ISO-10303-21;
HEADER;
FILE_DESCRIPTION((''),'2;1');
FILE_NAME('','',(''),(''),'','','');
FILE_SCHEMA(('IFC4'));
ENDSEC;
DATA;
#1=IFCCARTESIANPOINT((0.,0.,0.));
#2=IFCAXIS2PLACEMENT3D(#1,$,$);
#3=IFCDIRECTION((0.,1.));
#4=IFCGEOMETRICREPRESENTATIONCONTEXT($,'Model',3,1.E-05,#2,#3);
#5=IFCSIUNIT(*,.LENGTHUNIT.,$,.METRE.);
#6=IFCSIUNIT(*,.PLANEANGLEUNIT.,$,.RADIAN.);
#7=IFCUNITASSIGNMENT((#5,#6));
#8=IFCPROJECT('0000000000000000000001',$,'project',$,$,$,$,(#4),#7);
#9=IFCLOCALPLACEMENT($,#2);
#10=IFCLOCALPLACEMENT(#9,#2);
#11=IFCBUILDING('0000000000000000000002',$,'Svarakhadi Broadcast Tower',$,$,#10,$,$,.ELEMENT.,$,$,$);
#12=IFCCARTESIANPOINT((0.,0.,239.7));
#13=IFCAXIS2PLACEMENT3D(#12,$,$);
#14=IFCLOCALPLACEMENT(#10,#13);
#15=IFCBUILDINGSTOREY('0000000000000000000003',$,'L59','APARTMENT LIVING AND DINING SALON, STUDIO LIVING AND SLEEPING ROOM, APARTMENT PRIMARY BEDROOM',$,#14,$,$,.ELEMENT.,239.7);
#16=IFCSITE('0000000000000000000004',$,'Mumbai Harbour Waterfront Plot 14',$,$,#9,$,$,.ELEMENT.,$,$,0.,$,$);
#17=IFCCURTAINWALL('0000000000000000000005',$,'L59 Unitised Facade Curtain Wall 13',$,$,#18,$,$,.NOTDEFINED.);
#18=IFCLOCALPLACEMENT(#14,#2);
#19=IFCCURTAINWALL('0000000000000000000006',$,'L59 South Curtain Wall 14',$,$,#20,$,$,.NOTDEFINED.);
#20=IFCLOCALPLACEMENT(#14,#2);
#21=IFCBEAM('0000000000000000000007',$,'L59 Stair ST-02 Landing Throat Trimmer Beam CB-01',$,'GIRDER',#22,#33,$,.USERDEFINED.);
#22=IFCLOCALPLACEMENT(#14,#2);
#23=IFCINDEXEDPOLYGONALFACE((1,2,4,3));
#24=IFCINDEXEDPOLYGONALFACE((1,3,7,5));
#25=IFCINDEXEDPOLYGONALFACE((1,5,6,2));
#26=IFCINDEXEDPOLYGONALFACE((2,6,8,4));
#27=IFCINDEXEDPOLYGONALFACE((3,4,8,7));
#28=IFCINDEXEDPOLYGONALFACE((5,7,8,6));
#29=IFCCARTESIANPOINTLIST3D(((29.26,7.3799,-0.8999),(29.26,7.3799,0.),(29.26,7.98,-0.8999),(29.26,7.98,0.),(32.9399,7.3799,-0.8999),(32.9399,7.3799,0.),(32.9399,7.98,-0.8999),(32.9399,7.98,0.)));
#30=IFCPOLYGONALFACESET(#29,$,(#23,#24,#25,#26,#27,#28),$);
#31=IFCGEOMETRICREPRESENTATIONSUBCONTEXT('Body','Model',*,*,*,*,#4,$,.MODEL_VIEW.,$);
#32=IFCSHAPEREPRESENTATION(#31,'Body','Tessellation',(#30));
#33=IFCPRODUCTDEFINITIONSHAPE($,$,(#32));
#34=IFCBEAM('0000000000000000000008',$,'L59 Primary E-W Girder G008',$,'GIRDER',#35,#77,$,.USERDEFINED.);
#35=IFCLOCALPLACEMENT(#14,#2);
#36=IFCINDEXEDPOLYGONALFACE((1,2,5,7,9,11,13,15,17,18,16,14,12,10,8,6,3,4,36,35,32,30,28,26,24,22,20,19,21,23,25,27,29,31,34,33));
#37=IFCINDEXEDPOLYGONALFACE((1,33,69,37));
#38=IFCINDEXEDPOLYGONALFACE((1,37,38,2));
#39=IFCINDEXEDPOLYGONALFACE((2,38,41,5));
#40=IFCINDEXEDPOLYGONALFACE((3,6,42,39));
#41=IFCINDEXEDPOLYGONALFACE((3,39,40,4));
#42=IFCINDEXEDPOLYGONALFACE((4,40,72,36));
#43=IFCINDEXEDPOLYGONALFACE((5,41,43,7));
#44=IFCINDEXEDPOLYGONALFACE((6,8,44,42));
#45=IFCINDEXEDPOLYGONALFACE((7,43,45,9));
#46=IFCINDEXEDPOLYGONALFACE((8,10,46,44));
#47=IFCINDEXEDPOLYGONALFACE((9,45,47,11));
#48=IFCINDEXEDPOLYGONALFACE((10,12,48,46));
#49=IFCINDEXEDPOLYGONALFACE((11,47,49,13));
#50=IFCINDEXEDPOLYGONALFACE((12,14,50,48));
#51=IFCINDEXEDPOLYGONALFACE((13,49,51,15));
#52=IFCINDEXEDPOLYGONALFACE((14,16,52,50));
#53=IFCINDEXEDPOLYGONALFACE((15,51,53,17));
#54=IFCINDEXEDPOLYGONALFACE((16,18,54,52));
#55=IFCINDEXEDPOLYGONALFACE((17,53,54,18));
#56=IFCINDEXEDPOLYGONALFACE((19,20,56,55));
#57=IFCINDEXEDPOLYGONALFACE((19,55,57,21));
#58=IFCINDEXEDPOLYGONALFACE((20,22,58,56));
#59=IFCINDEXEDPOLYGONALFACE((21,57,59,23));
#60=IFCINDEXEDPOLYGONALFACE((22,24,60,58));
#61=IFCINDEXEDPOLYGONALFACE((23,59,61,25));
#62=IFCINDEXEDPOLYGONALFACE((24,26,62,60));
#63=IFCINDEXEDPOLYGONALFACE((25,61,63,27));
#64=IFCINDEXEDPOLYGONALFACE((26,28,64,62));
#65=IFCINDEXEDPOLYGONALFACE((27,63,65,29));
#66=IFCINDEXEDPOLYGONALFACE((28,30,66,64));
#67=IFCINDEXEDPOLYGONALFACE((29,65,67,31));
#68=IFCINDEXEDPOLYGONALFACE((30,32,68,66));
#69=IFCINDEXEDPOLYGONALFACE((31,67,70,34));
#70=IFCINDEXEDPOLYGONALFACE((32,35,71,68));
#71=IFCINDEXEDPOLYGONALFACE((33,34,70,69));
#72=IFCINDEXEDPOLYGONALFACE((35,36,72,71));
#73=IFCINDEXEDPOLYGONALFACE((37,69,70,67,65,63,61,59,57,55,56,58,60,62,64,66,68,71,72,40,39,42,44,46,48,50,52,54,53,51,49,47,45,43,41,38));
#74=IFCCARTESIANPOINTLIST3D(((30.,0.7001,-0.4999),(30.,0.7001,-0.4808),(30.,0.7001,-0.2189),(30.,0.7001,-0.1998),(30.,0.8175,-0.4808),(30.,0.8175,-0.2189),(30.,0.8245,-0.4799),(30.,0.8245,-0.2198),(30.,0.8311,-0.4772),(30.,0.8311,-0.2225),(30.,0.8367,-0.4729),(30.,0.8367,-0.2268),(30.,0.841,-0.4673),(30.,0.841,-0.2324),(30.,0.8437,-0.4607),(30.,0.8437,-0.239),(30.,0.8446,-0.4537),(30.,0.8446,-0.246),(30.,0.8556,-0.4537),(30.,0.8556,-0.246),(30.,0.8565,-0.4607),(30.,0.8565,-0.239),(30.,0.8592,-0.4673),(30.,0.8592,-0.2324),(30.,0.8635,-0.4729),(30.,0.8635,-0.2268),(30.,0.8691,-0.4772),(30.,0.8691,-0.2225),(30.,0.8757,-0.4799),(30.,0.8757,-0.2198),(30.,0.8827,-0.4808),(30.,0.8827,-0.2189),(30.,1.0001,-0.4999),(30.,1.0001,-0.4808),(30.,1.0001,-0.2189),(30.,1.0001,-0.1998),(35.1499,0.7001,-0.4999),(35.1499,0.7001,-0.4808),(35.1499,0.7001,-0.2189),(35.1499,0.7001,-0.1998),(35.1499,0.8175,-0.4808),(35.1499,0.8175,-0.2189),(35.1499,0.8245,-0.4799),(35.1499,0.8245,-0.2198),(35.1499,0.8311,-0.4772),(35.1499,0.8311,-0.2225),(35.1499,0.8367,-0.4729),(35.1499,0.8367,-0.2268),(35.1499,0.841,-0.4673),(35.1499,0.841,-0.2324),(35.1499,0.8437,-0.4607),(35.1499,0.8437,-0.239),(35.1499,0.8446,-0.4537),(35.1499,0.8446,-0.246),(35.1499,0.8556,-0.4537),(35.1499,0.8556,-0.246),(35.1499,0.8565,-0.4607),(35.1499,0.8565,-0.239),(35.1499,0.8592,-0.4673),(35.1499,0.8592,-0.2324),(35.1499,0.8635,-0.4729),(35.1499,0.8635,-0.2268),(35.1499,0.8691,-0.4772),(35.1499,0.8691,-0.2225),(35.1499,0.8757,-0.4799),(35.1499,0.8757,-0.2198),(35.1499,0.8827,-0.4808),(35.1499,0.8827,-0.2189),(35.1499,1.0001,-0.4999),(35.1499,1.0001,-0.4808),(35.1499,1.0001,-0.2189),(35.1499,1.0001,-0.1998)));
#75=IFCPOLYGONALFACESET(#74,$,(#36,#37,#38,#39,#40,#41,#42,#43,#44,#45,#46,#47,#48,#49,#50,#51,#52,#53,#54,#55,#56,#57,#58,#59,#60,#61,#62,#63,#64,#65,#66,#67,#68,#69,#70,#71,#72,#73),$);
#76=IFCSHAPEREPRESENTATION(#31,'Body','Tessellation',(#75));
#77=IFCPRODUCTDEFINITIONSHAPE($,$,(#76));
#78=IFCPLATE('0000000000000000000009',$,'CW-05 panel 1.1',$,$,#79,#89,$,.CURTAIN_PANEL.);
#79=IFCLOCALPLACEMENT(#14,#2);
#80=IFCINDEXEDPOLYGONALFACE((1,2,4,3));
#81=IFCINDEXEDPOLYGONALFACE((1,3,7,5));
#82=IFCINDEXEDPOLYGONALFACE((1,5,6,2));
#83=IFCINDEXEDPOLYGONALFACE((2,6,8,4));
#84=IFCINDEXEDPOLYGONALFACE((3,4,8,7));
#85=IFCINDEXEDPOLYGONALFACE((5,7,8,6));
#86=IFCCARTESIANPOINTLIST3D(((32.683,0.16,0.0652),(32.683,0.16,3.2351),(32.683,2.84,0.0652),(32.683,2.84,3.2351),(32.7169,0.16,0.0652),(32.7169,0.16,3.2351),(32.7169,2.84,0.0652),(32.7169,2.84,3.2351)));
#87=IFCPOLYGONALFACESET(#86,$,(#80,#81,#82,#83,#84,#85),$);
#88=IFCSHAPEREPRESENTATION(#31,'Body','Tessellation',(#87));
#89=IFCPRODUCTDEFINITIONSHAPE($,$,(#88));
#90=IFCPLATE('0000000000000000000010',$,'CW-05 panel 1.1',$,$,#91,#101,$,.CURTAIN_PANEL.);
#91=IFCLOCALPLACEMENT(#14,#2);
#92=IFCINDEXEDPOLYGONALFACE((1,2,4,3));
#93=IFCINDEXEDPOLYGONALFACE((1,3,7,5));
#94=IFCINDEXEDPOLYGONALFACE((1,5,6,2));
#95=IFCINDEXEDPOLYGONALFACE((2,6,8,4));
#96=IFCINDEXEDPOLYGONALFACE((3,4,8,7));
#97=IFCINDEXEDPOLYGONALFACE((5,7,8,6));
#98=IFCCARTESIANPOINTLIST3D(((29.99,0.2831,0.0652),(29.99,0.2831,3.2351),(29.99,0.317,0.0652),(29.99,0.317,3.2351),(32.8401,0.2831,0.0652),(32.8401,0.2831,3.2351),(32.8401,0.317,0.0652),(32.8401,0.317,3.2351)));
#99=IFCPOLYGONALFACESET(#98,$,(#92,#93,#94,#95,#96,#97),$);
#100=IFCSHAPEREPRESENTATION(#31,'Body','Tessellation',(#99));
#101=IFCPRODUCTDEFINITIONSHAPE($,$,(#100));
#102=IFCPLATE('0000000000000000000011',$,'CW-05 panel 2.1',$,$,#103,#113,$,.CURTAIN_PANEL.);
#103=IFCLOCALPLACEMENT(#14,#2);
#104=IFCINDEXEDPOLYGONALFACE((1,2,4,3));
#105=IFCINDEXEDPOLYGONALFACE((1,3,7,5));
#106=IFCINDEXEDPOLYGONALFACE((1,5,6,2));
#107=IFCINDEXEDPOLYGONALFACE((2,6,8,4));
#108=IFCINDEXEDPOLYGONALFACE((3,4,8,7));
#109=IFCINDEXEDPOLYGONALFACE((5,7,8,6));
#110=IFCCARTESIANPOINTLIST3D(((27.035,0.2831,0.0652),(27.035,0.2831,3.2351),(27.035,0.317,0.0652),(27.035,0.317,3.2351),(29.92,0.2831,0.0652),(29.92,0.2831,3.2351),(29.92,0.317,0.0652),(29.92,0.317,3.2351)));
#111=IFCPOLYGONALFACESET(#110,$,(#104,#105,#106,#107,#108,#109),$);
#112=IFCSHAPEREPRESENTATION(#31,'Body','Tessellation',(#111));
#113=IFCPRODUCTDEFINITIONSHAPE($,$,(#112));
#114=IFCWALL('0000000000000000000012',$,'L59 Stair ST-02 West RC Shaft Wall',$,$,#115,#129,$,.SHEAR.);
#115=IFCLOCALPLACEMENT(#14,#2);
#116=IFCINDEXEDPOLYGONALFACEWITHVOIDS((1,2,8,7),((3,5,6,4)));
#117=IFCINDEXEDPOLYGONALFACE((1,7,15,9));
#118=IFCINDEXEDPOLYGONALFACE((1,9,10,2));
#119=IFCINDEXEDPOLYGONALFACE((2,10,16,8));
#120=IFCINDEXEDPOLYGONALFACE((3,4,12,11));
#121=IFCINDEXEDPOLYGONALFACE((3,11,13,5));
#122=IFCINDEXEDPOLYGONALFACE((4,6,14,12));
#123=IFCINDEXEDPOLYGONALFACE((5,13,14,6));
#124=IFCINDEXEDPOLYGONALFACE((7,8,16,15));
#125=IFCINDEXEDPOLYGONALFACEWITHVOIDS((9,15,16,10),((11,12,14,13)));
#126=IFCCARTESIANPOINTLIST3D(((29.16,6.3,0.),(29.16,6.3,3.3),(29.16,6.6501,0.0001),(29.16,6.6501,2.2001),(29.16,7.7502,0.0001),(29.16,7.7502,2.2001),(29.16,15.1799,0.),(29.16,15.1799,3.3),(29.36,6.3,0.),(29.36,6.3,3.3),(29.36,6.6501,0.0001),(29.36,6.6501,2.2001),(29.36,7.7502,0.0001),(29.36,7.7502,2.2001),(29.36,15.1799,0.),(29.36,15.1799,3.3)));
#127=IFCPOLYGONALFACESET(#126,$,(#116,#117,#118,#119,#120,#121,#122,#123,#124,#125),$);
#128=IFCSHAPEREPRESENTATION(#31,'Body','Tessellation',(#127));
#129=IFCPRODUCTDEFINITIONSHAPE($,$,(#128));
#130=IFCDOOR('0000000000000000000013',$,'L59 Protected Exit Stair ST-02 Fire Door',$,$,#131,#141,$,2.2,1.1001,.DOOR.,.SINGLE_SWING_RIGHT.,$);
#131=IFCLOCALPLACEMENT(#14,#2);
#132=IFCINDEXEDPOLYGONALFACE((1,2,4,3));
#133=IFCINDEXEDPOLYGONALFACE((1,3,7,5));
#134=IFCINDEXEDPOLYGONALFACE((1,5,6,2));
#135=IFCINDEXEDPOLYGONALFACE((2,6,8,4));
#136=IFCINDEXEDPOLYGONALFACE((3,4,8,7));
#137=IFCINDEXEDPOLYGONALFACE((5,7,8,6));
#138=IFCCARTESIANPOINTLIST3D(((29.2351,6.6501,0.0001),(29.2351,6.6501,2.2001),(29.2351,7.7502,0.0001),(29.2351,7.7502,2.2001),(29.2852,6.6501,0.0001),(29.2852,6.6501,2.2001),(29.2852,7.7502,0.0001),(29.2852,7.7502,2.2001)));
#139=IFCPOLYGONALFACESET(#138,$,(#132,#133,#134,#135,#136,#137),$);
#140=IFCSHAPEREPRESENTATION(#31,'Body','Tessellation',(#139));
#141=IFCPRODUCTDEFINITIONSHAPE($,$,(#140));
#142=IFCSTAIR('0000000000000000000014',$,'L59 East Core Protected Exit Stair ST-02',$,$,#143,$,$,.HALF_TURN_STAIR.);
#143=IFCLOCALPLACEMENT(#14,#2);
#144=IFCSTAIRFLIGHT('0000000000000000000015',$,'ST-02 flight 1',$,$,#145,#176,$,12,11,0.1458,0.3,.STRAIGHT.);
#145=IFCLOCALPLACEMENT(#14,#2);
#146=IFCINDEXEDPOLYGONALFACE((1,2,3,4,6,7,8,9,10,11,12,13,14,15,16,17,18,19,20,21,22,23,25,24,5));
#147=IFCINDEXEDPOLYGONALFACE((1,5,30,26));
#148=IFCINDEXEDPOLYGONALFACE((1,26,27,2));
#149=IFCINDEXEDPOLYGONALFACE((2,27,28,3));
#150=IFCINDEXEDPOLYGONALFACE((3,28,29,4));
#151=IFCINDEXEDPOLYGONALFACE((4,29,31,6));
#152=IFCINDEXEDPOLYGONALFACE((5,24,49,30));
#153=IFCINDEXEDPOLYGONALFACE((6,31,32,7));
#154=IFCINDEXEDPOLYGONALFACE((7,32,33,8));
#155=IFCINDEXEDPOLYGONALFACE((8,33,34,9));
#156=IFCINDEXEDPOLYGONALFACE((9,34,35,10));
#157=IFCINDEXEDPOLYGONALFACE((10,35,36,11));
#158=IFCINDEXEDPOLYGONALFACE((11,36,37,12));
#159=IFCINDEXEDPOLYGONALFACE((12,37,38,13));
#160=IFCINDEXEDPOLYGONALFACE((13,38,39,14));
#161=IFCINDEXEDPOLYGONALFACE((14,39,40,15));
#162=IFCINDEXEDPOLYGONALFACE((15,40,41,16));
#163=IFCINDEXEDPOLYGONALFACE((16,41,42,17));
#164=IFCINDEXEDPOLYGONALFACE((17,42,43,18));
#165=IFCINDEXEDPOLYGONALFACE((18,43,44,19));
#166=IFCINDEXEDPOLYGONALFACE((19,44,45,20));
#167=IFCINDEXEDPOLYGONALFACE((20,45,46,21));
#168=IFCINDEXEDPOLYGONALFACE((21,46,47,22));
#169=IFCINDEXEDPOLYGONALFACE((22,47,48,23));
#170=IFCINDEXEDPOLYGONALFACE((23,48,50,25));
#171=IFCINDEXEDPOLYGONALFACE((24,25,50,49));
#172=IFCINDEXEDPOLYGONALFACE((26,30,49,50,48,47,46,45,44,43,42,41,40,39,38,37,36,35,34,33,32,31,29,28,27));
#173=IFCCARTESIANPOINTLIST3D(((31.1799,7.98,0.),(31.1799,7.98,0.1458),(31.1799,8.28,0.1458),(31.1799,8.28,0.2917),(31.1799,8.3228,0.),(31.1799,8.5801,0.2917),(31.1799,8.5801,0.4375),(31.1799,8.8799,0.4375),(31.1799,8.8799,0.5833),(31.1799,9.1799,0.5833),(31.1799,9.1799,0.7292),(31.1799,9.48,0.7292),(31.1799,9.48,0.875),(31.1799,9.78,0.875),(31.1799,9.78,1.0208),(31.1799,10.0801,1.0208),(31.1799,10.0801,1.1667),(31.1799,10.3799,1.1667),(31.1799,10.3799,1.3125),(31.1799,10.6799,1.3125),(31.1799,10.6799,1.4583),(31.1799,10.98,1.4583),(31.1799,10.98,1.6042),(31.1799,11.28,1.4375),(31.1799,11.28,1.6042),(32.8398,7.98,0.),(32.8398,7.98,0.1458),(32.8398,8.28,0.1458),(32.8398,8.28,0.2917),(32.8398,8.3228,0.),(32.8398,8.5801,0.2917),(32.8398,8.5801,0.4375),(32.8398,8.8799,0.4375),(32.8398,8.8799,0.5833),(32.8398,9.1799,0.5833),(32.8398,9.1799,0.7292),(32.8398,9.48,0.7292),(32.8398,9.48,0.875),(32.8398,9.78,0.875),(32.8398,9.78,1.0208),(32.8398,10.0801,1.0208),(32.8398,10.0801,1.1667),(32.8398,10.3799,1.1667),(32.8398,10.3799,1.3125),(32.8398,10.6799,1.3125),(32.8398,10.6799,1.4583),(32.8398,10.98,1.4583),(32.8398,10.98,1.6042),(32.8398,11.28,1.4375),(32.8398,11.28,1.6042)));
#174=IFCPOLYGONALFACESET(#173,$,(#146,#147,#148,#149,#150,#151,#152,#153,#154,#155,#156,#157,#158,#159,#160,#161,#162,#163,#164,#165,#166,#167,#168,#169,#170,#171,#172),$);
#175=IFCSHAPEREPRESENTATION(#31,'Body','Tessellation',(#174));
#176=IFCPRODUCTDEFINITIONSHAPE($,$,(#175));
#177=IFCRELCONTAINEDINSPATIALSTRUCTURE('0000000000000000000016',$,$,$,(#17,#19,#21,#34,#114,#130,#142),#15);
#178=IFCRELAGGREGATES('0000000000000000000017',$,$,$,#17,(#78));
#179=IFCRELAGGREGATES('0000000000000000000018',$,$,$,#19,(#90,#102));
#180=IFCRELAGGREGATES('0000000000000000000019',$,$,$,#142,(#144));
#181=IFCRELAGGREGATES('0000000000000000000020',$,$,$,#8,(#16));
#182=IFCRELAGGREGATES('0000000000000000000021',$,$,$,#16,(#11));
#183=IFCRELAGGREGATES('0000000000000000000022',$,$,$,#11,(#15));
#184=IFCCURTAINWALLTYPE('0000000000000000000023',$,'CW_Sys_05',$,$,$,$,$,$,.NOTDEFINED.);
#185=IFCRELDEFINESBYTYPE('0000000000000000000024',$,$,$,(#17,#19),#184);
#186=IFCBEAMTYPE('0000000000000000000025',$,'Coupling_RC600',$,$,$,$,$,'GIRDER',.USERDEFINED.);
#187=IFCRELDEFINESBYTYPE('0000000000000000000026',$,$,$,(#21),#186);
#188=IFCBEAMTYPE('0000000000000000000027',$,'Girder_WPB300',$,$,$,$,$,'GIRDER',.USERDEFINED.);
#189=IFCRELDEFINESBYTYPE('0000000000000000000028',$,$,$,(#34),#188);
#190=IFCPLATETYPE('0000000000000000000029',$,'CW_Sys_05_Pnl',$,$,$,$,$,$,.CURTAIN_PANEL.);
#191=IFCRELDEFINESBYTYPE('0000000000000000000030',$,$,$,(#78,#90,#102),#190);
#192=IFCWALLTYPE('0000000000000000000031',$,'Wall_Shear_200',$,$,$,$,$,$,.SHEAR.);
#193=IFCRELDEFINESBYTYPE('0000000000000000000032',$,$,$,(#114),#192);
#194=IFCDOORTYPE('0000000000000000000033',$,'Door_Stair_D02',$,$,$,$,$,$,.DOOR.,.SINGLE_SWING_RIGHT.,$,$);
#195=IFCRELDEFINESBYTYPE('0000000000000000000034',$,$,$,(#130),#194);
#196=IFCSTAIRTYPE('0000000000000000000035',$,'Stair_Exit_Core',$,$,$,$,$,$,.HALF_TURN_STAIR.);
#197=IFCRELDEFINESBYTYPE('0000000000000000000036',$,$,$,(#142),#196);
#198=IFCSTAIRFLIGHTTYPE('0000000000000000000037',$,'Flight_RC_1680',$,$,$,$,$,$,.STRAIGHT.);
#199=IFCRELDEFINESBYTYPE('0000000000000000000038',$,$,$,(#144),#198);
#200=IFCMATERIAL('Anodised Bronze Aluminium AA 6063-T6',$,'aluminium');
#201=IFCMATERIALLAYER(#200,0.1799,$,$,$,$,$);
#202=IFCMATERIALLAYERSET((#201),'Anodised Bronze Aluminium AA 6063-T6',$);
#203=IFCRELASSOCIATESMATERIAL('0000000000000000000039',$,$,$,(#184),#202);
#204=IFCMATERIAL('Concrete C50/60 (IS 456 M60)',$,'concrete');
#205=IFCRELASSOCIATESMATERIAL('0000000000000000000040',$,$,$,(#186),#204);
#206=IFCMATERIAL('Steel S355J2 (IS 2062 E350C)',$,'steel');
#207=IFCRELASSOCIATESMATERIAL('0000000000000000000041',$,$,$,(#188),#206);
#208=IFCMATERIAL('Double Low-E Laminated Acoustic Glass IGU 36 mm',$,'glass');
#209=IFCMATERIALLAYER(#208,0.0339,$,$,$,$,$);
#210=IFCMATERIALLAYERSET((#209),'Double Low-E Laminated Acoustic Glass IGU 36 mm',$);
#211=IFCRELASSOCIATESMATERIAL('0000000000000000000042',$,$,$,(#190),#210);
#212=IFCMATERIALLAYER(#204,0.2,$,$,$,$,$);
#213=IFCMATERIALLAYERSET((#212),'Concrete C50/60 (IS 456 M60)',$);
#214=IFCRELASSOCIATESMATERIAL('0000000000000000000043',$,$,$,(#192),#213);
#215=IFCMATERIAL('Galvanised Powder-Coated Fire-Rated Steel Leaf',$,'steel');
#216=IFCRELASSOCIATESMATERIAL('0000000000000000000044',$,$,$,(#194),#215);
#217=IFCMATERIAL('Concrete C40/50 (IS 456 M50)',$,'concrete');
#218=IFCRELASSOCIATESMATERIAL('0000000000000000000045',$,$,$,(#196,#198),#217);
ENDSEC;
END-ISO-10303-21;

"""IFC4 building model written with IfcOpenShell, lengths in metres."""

from ifc_helpers import new_model, si_unit, direction, frame, frame_2d, origin, origin_2d, place, context, subcontext, project, spatial, polyline, rectangle, i_section, outline, extrude, material, layer, layer_set, material_profile, profile_set, type_object, element, fill, aggregate, save


model = new_model("IFC4")

# Units and contexts
model_context = context("Model", 3, precision=1e-05, world=origin(), true_north=direction((0.0, 1.0)))
body_context = subcontext(model_context, "Body", "Model", "MODEL_VIEW")
ifc_project = project(units=[si_unit("LENGTHUNIT", "METRE"), si_unit("PLANEANGLEUNIT", "RADIAN")], contexts=[model_context])

# Site, building, storey
site_placement = place(None, origin())
site = spatial("IfcSite", under=ifc_project, at=site_placement, Name="Mumbai Harbour Waterfront Plot 14", CompositionType="ELEMENT", RefElevation=0.0)
building_placement = place(site_placement, origin())
building = spatial("IfcBuilding", under=site, at=building_placement, Name="Svarakhadi Broadcast Tower", CompositionType="ELEMENT")
storey_placement = place(building_placement, frame((0.0, 0.0, 239.7)))
storey = spatial("IfcBuildingStorey", under=building, at=storey_placement, Name="L59", Description="APARTMENT LIVING AND DINING SALON, STUDIO LIVING AND SLEEPING ROOM, APARTMENT PRIMARY BEDROOM", CompositionType="ELEMENT", Elevation=239.7)

# Curtain wall
ifc_material_1 = material(Name="Anodised Bronze Aluminium AA 6063-T6", Category="aluminium")
ifc_layer_1 = layer(ifc_material_1, 0.1799)
ifc_layer_set_1 = layer_set([ifc_layer_1], Name="Anodised Bronze Aluminium AA 6063-T6")
curtain_wall_type = type_object("IfcCurtainWallType", Name="CW_Sys_05", PredefinedType="NOTDEFINED", material=ifc_layer_set_1)
curtain_wall_1_placement = place(storey_placement, origin())
curtain_wall_1 = element("IfcCurtainWall", 1, at=curtain_wall_1_placement, inside=storey, type_object=curtain_wall_type, Name="L59 Unitised Facade Curtain Wall 13", PredefinedType="NOTDEFINED")

# Curtain wall
curtain_wall_2_placement = place(storey_placement, origin())
curtain_wall_2 = element("IfcCurtainWall", 2, at=curtain_wall_2_placement, inside=storey, type_object=curtain_wall_type, Name="L59 South Curtain Wall 14", PredefinedType="NOTDEFINED")

# Beams
ifc_material_2 = material(Name="Concrete C50/60 (IS 456 M60)", Category="concrete")
ifc_material_profile_1 = material_profile(ifc_material_2, rectangle(XDim=0.6001, YDim=0.8999, at=origin_2d()), Name="RC 600x900")
ifc_profile_set_1 = profile_set([ifc_material_profile_1], Name="Concrete C50/60 (IS 456 M60)")
beam_type_1 = type_object("IfcBeamType", Name="Coupling_RC600", ElementType="GIRDER", PredefinedType="USERDEFINED", material=ifc_profile_set_1)
beam_1_placement = place(storey_placement, frame((29.26, 7.6799, -0.45), z_axis=(1.0, 0.0, 0.0), x_axis=(0.0, 1.0, 0.0)))
element("IfcBeam", 3, at=beam_1_placement, inside=storey, type_object=beam_type_1, Name="L59 Stair ST-02 Landing Throat Trimmer Beam CB-01", ObjectType="GIRDER", PredefinedType="USERDEFINED", context=body_context, shape_type="SweptSolid", body=[
    extrude(rectangle(XDim=0.6001, YDim=0.8999, at=origin_2d()), origin(), (0.0, 0.0, 1.0), 3.6799),
])
ifc_material_3 = material(Name="Steel S355J2 (IS 2062 E350C)", Category="steel")
ifc_material_profile_2 = material_profile(ifc_material_3, i_section(OverallWidth=0.3, OverallDepth=0.3, WebThickness=0.011, FlangeThickness=0.019, FilletRadius=0.0271, at=origin_2d()), Name="WPB 300x300x117")
ifc_profile_set_2 = profile_set([ifc_material_profile_2], Name="Steel S355J2 (IS 2062 E350C)")
beam_type_2 = type_object("IfcBeamType", Name="Girder_WPB300", ElementType="GIRDER", PredefinedType="USERDEFINED", material=ifc_profile_set_2)
beam_2_placement = place(storey_placement, frame((30.0, 0.8501, -0.3499), z_axis=(1.0, 0.0, 0.0), x_axis=(0.0, 1.0, 0.0)))
element("IfcBeam", 4, at=beam_2_placement, inside=storey, type_object=beam_type_2, Name="L59 Primary E-W Girder G008", ObjectType="GIRDER", PredefinedType="USERDEFINED", context=body_context, shape_type="SweptSolid", body=[
    extrude(i_section(OverallWidth=0.3, OverallDepth=0.3, WebThickness=0.011, FlangeThickness=0.019, FilletRadius=0.0271, at=origin_2d()), origin(), (0.0, 0.0, 1.0), 5.1499),
])

# Plates
ifc_material_4 = material(Name="Double Low-E Laminated Acoustic Glass IGU 36 mm", Category="glass")
ifc_layer_2 = layer(ifc_material_4, 0.0339)
ifc_layer_set_2 = layer_set([ifc_layer_2], Name="Double Low-E Laminated Acoustic Glass IGU 36 mm")
plate_type = type_object("IfcPlateType", Name="CW_Sys_05_Pnl", PredefinedType="CURTAIN_PANEL", material=ifc_layer_set_2)
plate_1_placement = place(storey_placement, frame((32.7, 1.5, 0.0652), z_axis=(0.0, 0.0, 1.0), x_axis=(0.0, -1.0, 0.0)))
plate_1 = element("IfcPlate", 5, at=plate_1_placement, type_object=plate_type, Name="CW-05 panel 1.1", PredefinedType="CURTAIN_PANEL", context=body_context, shape_type="SweptSolid", body=[
    extrude(rectangle(XDim=2.6799, YDim=0.0339, at=origin_2d()), origin(), (0.0, 0.0, 1.0), 3.1699),
])
aggregate(curtain_wall_1, [plate_1])
plate_2_placement = place(storey_placement, frame((31.415, 0.3, 0.0652), z_axis=(0.0, 0.0, 1.0), x_axis=(-1.0, 0.0, 0.0)))
plate_2 = element("IfcPlate", 6, at=plate_2_placement, type_object=plate_type, Name="CW-05 panel 1.1", PredefinedType="CURTAIN_PANEL", context=body_context, shape_type="SweptSolid", body=[
    extrude(rectangle(XDim=2.8501, YDim=0.0339, at=origin_2d()), origin(), (0.0, 0.0, 1.0), 3.1699),
])
plate_3_placement = place(storey_placement, frame((28.4775, 0.3, 0.0652), z_axis=(0.0, 0.0, 1.0), x_axis=(-1.0, 0.0, 0.0)))
plate_3 = element("IfcPlate", 7, at=plate_3_placement, type_object=plate_type, Name="CW-05 panel 2.1", PredefinedType="CURTAIN_PANEL", context=body_context, shape_type="SweptSolid", body=[
    extrude(rectangle(XDim=2.885, YDim=0.0339, at=origin_2d()), origin(), (0.0, 0.0, 1.0), 3.1699),
])
aggregate(curtain_wall_2, [plate_2, plate_3])

# Wall, opening, door
ifc_layer_3 = layer(ifc_material_2, 0.2)
ifc_layer_set_3 = layer_set([ifc_layer_3], Name="Concrete C50/60 (IS 456 M60)")
wall_type = type_object("IfcWallType", Name="Wall_Shear_200", PredefinedType="SHEAR", material=ifc_layer_set_3)
wall_placement = place(storey_placement, frame((29.26, 6.3, 0.0), z_axis=(0.0, 0.0, 1.0), x_axis=(0.0, 1.0, 0.0)))
wall = element("IfcWall", 8, at=wall_placement, inside=storey, type_object=wall_type, Name="L59 Stair ST-02 West RC Shaft Wall", PredefinedType="SHEAR", context=body_context, shape_type="SweptSolid", body=[
    extrude(rectangle(XDim=8.8799, YDim=0.2, at=frame_2d((4.4399, 0.0))), origin(), (0.0, 0.0, 1.0), 3.3),
])
opening_placement = place(wall_placement, frame((0.3501, 0.0, 0.0)))
opening = element("IfcOpeningElement", 9, at=opening_placement, cuts=wall, PredefinedType="OPENING", context=body_context, shape_type="SweptSolid", body=[
    extrude(rectangle(XDim=1.1001, YDim=2.2, at=frame_2d((0.55, 1.1001))), frame((0.0, 0.1099, 0.0), z_axis=(0.0, -1.0, 0.0), x_axis=(1.0, 0.0, 0.0)), (0.0, 0.0, 1.0), 0.22),
])
ifc_material_5 = material(Name="Galvanised Powder-Coated Fire-Rated Steel Leaf", Category="steel")
door_type = type_object("IfcDoorType", Name="Door_Stair_D02", OperationType="SINGLE_SWING_RIGHT", PredefinedType="DOOR", material=ifc_material_5)
door_placement = place(opening_placement, origin())
door = element("IfcDoor", 10, at=door_placement, inside=storey, type_object=door_type, Name="L59 Protected Exit Stair ST-02 Fire Door", OperationType="SINGLE_SWING_RIGHT", OverallHeight=2.2, OverallWidth=1.1001, PredefinedType="DOOR", context=body_context, shape_type="SweptSolid", body=[
    extrude(rectangle(XDim=1.1001, YDim=2.2, at=frame_2d((0.55, 1.1001))), frame((0.0, 0.0249, 0.0), z_axis=(0.0, -1.0, 0.0), x_axis=(1.0, 0.0, 0.0)), (0.0, 0.0, 1.0), 0.05),
])
fill(opening, door)

# Stair, stair flight
ifc_material_6 = material(Name="Concrete C40/50 (IS 456 M50)", Category="concrete")
stair_type = type_object("IfcStairType", Name="Stair_Exit_Core", PredefinedType="HALF_TURN_STAIR", material=ifc_material_6)
stair_placement = place(storey_placement, origin())
stair = element("IfcStair", 11, at=stair_placement, inside=storey, type_object=stair_type, Name="L59 East Core Protected Exit Stair ST-02", PredefinedType="HALF_TURN_STAIR")
stair_flight_type = type_object("IfcStairFlightType", Name="Flight_RC_1680", PredefinedType="STRAIGHT", material=ifc_material_6)
stair_flight_1_placement = place(storey_placement, frame((32.01, 7.98, 0.0), z_axis=(0.0, 0.0, 1.0), x_axis=(0.0, 1.0, 0.0)))
stair_flight_1 = element("IfcStairFlight", 12, at=stair_flight_1_placement, type_object=stair_flight_type, Name="ST-02 flight 1", NumberOfRisers=12, NumberOfTreads=11, PredefinedType="STRAIGHT", RiserHeight=0.1458, TreadLength=0.3, context=body_context, shape_type="SweptSolid", body=[
    extrude(outline(polyline([(0.0, 0.0), (0.0, 0.1458), (0.3, 0.1458), (0.3, 0.2917), (0.6001, 0.2917), (0.6001, 0.4375), (0.8999, 0.4375), (0.8999, 0.5833), (1.2, 0.5833), (1.2, 0.7292), (1.5, 0.7292), (1.5, 0.875), (1.8, 0.875), (1.8, 1.0208), (2.1001, 1.0208), (2.1001, 1.1667), (2.3999, 1.1667), (2.3999, 1.3125), (2.7, 1.3125), (2.7, 1.4583), (3.0, 1.4583), (3.0, 1.6042), (3.3, 1.6042), (3.3, 1.75), (3.3, 1.4375), (0.3428, 0.0), (0.0, 0.0)])), frame((0.0, 0.8301, 0.0), z_axis=(0.0, -1.0, 0.0), x_axis=(1.0, 0.0, 0.0)), (0.0, 0.0, 1.0), 1.6599),
])
aggregate(stair, [stair_flight_1])

save(model, "model.ifc")
